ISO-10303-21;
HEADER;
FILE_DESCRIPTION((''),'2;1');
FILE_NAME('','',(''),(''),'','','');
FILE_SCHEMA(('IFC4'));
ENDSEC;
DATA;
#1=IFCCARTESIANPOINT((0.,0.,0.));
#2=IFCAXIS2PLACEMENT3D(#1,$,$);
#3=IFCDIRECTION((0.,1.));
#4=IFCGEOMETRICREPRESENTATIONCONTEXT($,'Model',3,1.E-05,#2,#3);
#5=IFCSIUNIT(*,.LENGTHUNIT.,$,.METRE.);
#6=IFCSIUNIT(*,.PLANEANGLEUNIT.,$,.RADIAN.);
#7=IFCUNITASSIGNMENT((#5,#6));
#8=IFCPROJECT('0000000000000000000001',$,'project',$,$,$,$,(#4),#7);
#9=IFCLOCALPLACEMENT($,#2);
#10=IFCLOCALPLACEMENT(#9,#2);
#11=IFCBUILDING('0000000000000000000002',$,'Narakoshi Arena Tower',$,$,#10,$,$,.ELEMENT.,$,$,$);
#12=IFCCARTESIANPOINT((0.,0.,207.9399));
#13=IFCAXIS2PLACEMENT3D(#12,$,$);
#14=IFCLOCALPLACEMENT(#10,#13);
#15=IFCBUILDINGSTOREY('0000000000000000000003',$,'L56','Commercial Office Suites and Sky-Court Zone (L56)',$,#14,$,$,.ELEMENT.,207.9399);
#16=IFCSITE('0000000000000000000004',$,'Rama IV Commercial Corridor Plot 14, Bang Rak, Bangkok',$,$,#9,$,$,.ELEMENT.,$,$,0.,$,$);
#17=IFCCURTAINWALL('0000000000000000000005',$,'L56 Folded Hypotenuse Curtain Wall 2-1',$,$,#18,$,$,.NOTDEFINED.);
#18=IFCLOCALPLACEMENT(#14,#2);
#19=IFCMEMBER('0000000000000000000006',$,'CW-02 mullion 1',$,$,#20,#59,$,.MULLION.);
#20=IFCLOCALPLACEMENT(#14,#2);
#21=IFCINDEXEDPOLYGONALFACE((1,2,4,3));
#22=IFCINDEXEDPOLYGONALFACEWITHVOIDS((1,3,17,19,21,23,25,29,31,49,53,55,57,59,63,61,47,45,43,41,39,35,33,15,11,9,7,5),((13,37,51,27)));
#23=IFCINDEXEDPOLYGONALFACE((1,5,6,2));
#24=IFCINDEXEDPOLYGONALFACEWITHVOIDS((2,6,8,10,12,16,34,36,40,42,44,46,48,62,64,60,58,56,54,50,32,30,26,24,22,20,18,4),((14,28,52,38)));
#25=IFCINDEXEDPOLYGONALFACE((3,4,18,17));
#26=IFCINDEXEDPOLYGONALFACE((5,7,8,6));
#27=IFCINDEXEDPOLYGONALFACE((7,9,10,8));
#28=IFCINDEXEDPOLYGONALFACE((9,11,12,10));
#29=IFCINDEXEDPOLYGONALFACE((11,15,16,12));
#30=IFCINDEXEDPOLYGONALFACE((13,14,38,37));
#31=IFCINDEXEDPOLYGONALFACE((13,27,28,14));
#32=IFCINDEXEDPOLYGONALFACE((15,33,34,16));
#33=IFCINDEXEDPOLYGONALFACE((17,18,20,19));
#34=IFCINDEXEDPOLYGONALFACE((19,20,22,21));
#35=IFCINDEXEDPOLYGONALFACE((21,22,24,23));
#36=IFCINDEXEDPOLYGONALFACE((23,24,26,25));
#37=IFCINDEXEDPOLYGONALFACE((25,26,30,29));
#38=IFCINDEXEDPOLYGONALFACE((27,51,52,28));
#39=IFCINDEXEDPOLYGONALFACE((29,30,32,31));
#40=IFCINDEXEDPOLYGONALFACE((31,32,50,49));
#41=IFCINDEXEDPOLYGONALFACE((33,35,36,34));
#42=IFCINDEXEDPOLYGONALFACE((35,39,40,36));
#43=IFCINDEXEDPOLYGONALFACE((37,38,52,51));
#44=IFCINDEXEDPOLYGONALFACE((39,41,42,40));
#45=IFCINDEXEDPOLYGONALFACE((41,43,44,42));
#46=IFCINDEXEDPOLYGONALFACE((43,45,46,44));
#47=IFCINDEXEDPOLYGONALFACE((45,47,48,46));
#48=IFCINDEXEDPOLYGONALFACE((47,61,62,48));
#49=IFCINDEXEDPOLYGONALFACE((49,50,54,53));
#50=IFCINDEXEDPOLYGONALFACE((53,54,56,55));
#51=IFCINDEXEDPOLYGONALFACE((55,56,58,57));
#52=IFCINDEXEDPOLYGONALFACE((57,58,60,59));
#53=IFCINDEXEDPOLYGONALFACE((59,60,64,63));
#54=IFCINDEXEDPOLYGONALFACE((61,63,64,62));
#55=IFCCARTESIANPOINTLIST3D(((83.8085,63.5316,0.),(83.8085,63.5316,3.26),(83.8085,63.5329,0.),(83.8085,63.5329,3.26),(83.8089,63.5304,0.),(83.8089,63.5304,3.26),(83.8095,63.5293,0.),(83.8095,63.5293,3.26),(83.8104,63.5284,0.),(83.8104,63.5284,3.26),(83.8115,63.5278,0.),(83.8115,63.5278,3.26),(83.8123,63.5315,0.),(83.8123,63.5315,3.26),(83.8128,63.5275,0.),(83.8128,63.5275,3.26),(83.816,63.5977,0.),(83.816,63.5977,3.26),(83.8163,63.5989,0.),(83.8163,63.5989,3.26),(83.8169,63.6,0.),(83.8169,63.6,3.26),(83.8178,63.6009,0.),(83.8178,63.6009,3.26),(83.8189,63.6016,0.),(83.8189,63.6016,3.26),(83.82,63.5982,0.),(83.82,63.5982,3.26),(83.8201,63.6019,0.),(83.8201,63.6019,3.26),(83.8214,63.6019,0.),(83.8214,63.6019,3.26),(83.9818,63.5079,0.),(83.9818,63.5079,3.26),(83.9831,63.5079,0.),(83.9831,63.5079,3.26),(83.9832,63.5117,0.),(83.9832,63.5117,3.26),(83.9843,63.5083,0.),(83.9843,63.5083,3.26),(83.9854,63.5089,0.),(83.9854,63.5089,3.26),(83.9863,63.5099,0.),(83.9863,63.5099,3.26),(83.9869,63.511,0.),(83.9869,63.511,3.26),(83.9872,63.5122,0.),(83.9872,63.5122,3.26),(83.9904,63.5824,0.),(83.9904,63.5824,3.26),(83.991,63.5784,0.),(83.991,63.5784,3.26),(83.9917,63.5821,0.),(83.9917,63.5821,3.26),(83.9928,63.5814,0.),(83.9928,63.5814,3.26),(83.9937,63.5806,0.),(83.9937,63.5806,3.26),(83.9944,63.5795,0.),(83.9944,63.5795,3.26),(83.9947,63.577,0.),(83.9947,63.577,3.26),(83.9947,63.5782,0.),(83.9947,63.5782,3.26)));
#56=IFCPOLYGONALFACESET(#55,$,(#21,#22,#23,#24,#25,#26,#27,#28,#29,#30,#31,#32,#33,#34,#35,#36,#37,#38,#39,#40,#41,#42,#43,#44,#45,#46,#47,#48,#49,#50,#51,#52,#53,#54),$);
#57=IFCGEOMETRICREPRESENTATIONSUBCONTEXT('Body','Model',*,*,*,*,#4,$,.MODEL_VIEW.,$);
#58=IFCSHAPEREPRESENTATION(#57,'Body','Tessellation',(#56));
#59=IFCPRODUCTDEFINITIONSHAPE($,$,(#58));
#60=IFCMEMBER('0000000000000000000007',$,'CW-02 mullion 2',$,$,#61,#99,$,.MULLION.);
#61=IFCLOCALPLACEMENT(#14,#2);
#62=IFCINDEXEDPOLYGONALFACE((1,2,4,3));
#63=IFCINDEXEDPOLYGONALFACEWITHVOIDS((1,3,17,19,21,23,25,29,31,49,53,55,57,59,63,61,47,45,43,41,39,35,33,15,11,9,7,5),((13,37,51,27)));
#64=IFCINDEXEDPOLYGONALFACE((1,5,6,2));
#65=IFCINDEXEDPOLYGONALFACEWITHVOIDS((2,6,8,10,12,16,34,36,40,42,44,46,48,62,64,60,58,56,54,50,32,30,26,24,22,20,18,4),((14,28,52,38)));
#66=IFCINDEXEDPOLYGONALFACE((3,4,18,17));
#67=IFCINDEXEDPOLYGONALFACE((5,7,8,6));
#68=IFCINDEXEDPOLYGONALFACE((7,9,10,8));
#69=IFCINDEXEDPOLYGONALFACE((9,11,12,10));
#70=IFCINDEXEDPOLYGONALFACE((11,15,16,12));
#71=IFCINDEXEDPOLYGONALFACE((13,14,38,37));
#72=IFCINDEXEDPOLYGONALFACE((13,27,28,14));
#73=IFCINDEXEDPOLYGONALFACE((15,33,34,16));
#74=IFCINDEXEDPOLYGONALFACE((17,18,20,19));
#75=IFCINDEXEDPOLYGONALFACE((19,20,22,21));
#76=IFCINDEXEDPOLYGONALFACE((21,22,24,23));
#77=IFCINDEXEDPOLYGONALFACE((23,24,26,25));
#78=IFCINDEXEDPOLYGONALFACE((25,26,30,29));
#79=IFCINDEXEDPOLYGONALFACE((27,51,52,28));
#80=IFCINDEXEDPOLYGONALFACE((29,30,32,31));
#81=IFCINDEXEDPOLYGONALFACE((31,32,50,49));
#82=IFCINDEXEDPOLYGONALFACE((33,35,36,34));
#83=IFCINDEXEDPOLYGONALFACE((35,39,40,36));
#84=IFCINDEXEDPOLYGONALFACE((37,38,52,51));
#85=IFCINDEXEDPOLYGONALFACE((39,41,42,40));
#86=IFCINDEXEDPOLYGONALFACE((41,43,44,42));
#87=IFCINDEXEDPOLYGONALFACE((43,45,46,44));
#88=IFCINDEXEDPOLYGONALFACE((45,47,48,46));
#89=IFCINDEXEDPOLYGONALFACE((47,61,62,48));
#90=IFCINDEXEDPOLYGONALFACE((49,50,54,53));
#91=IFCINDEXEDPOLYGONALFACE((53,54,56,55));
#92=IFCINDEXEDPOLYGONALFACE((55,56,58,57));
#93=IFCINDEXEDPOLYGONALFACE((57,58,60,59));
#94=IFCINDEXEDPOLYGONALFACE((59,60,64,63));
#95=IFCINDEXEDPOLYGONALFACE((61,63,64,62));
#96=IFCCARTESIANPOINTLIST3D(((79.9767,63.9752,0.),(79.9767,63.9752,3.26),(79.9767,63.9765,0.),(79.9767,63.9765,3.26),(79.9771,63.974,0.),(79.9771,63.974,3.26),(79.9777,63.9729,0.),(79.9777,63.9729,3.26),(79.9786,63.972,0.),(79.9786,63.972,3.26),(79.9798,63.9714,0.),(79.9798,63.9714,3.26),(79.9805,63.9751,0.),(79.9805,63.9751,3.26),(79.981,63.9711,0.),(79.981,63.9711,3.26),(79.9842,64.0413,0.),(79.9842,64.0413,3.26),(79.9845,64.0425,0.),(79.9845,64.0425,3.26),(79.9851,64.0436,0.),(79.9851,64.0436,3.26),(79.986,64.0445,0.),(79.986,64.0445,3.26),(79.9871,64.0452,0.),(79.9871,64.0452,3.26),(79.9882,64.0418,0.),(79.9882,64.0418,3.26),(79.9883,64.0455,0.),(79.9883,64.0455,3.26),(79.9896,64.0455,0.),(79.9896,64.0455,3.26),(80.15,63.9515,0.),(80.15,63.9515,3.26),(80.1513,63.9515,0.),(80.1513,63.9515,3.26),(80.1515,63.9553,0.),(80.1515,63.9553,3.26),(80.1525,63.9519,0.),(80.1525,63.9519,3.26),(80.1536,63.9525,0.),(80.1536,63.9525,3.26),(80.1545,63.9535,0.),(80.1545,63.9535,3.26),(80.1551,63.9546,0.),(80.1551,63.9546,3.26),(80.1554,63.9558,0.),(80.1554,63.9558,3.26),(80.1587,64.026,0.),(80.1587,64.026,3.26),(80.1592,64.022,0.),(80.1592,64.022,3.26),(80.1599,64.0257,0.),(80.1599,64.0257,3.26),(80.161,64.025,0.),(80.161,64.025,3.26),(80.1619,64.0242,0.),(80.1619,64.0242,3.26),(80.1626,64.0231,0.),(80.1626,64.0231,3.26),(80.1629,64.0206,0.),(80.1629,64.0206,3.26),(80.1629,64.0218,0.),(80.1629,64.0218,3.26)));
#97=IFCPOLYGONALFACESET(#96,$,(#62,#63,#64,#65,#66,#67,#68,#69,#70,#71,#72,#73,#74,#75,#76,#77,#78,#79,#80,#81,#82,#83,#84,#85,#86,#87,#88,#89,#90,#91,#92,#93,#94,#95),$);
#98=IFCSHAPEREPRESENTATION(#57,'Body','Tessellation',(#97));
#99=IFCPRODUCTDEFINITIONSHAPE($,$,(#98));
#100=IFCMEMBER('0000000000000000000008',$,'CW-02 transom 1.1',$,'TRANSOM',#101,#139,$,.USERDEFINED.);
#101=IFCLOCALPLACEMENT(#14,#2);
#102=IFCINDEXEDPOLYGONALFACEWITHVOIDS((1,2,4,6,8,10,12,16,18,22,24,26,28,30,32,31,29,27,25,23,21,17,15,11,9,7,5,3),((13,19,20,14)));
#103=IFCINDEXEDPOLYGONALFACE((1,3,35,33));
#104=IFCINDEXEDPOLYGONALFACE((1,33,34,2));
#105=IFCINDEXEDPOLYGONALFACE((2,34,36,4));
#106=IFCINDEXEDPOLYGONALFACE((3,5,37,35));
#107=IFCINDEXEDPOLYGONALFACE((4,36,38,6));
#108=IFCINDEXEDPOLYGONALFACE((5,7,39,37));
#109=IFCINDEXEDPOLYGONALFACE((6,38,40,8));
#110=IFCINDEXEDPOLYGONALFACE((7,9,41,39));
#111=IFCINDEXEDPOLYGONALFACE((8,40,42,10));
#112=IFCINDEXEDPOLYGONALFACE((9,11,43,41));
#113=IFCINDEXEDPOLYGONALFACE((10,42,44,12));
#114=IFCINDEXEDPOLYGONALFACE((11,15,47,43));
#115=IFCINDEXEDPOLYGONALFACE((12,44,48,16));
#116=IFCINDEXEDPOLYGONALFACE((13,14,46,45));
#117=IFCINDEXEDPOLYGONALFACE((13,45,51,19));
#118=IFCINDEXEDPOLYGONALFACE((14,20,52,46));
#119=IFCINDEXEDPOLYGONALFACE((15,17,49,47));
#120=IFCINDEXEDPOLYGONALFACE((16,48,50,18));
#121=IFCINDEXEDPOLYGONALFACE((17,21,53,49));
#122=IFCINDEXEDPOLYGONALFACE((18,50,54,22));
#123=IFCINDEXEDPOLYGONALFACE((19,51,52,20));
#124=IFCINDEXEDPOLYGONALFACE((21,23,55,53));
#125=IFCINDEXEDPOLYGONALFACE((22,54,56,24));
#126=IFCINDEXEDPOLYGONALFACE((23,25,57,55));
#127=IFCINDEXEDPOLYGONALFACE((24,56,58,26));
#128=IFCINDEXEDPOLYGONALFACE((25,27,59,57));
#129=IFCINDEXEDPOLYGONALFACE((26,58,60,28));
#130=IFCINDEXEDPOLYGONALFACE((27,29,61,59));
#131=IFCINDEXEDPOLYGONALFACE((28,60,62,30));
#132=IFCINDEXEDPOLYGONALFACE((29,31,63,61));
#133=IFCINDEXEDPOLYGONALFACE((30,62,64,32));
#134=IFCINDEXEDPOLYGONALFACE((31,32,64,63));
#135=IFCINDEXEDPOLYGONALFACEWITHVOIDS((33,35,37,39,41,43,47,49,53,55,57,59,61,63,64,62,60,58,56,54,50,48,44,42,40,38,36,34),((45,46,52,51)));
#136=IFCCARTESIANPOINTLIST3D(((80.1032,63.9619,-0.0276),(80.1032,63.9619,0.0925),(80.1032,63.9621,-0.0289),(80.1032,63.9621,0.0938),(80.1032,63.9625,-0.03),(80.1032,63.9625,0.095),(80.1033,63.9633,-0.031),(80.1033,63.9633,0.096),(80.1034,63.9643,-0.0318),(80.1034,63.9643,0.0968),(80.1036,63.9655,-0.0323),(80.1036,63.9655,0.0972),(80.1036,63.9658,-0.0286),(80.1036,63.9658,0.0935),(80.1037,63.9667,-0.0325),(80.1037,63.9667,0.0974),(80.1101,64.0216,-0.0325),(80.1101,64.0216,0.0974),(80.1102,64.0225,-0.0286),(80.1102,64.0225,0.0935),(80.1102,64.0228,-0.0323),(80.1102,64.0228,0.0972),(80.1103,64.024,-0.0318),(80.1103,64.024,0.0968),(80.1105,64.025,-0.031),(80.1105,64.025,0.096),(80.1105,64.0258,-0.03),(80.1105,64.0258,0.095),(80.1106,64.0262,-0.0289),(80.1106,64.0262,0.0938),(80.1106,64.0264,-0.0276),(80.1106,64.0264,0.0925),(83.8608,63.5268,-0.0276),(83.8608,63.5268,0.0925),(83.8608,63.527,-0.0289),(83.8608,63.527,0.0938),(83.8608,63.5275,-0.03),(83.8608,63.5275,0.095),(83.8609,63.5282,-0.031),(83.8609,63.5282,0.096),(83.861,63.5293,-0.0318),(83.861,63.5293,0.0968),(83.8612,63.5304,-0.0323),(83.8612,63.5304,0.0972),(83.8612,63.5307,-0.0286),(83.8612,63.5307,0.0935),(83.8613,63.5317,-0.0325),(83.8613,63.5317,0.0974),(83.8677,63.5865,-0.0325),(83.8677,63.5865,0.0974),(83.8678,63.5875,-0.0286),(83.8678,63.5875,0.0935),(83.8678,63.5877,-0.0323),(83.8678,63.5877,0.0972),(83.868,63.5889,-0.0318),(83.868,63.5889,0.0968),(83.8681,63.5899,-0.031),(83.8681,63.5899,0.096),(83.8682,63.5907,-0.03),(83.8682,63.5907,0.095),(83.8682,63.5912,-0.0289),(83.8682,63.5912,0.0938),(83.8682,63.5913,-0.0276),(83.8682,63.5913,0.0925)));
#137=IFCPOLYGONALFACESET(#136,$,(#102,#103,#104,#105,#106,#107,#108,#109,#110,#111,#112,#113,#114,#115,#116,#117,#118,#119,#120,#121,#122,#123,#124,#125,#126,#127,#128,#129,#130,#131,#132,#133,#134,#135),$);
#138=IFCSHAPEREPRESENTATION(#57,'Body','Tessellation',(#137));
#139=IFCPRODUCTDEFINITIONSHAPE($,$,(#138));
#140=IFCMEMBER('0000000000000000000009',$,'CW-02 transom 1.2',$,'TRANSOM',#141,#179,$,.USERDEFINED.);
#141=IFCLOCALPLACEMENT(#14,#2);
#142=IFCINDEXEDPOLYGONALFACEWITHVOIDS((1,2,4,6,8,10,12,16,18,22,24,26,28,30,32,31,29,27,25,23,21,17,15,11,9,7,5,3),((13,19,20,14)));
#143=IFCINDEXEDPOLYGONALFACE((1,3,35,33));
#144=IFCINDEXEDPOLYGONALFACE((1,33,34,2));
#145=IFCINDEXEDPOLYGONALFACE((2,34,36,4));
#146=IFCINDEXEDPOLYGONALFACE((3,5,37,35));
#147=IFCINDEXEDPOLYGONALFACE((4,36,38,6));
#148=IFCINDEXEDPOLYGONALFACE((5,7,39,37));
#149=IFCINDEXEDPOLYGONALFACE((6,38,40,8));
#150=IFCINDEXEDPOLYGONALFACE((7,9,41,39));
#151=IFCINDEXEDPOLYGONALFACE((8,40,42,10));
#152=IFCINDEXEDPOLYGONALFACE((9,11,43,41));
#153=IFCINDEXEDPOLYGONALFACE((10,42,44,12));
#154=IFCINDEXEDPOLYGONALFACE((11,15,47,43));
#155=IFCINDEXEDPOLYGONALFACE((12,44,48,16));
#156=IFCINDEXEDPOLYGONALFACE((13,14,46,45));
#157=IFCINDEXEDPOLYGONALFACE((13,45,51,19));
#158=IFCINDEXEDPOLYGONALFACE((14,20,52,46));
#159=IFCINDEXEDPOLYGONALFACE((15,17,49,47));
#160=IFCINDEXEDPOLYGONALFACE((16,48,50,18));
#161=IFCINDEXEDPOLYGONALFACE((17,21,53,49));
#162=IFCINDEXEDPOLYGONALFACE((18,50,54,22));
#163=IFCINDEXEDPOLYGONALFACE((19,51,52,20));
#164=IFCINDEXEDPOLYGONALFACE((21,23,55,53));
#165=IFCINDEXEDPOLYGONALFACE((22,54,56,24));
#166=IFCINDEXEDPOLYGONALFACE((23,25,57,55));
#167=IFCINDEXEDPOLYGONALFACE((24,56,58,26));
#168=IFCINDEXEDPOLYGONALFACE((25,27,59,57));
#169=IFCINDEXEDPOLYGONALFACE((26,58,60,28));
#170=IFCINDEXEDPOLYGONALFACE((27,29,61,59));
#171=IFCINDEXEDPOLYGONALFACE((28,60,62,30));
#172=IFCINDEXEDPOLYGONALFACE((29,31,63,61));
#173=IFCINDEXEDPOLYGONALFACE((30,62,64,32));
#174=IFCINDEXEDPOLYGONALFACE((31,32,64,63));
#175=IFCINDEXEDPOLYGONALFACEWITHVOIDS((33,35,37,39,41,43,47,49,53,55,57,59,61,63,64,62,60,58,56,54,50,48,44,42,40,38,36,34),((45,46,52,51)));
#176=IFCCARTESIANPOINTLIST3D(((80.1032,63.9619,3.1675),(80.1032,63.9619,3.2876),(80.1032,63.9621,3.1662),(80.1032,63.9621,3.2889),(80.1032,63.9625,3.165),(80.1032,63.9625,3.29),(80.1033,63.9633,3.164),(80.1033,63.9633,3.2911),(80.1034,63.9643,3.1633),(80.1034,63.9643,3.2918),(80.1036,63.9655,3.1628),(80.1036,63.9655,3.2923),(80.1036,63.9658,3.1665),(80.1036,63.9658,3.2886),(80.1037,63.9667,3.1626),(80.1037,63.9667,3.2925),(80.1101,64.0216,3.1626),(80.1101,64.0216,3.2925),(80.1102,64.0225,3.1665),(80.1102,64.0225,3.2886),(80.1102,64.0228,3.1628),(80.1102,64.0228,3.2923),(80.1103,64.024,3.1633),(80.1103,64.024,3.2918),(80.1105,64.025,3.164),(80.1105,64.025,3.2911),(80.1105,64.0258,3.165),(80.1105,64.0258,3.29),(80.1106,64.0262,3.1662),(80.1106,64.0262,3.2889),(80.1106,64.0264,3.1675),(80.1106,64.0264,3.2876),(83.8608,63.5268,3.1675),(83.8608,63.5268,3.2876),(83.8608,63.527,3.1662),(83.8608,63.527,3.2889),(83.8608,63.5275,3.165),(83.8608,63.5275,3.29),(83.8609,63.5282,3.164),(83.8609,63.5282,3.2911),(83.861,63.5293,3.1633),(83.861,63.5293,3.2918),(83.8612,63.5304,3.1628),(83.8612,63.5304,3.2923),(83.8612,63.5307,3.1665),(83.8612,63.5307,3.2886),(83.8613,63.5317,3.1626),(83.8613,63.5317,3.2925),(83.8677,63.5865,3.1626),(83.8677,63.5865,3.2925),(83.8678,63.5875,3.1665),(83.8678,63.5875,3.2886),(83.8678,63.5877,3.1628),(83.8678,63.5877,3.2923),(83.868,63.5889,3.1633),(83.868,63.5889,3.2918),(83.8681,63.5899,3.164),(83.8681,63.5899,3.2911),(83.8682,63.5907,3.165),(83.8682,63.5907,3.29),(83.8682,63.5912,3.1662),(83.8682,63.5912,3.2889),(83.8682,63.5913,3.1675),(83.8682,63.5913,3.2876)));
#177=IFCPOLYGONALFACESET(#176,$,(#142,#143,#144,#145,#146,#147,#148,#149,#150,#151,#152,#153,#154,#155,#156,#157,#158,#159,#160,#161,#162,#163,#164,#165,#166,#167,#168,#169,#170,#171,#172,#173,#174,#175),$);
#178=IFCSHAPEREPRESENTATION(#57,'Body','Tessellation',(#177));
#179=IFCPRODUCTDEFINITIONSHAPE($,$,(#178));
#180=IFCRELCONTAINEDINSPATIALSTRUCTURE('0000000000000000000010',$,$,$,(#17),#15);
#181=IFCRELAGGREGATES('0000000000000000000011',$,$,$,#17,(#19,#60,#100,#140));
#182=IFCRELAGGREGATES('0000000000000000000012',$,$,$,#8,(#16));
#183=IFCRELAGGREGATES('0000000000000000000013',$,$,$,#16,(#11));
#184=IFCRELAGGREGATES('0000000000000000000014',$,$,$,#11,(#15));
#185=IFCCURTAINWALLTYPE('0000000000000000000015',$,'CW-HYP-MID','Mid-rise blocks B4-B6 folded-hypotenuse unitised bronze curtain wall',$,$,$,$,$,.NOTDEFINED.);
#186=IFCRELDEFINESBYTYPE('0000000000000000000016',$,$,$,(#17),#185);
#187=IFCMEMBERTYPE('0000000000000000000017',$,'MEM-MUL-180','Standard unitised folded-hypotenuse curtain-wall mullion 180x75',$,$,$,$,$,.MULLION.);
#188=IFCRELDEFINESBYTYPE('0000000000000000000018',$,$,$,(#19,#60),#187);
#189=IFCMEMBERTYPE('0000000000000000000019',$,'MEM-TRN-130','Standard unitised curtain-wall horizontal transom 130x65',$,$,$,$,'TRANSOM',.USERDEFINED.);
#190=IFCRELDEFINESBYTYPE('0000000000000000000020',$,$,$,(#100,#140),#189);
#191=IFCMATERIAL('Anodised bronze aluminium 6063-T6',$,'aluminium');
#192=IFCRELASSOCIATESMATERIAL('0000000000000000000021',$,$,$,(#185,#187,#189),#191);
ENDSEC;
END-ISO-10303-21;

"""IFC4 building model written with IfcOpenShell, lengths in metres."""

from ifc_helpers import new_model, si_unit, direction, frame, origin, origin_2d, place, context, subcontext, project, spatial, hollow_rectangle, extrude, material, material_profile, profile_set, type_object, element, aggregate, save


model = new_model("IFC4")

# Units and contexts
model_context = context("Model", 3, precision=1e-05, world=origin(), true_north=direction((0.0, 1.0)))
body_context = subcontext(model_context, "Body", "Model", "MODEL_VIEW")
ifc_project = project(units=[si_unit("LENGTHUNIT", "METRE"), si_unit("PLANEANGLEUNIT", "RADIAN")], contexts=[model_context])

# Site, building, storey
site_placement = place(None, origin())
site = spatial("IfcSite", under=ifc_project, at=site_placement, Name="Rama IV Commercial Corridor Plot 14, Bang Rak, Bangkok", CompositionType="ELEMENT", RefElevation=0.0)
building_placement = place(site_placement, origin())
building = spatial("IfcBuilding", under=site, at=building_placement, Name="Narakoshi Arena Tower", CompositionType="ELEMENT")
storey_placement = place(building_placement, frame((0.0, 0.0, 207.9399)))
storey = spatial("IfcBuildingStorey", under=building, at=storey_placement, Name="L56", Description="Commercial Office Suites and Sky-Court Zone (L56)", CompositionType="ELEMENT", Elevation=207.9399)

# Curtain wall, members
ifc_material_1 = material(Name="Anodised bronze aluminium 6063-T6", Category="aluminium")
curtain_wall_type = type_object("IfcCurtainWallType", Name="CW-HYP-MID", Description="Mid-rise blocks B4-B6 folded-hypotenuse unitised bronze curtain wall", PredefinedType="NOTDEFINED", material=ifc_material_1)
curtain_wall_placement = place(storey_placement, origin())
curtain_wall = element("IfcCurtainWall", 1, at=curtain_wall_placement, inside=storey, type_object=curtain_wall_type, Name="L56 Folded Hypotenuse Curtain Wall 2-1", PredefinedType="NOTDEFINED")
ifc_material_profile_1 = material_profile(ifc_material_1, hollow_rectangle(XDim=0.075, YDim=0.1799, WallThickness=0.0039, OuterFilletRadius=0.0049, at=origin_2d()), Name="MUL180x75x4")
ifc_profile_set_1 = profile_set([ifc_material_profile_1], Name="Anodised bronze aluminium 6063-T6")
member_type_1 = type_object("IfcMemberType", Name="MEM-MUL-180", Description="Standard unitised folded-hypotenuse curtain-wall mullion 180x75", PredefinedType="MULLION", material=ifc_profile_set_1)
member_1_placement = place(storey_placement, frame((83.9016, 63.5549, 0.0), z_axis=(0.0, 0.0, 1.0), x_axis=(-0.115011, -0.993364, 0.0)))
member_1 = element("IfcMember", 2, at=member_1_placement, type_object=member_type_1, Name="CW-02 mullion 1", PredefinedType="MULLION", context=body_context, shape_type="SweptSolid", body=[
    extrude(hollow_rectangle(XDim=0.075, YDim=0.1799, WallThickness=0.0039, OuterFilletRadius=0.0049, at=origin_2d()), origin(), (0.0, 0.0, 1.0), 3.26),
])
member_2_placement = place(storey_placement, frame((80.0698, 63.9985, 0.0), z_axis=(0.0, 0.0, 1.0), x_axis=(-0.115011, -0.993364, 0.0)))
member_2 = element("IfcMember", 3, at=member_2_placement, type_object=member_type_1, Name="CW-02 mullion 2", PredefinedType="MULLION", context=body_context, shape_type="SweptSolid", body=[
    extrude(hollow_rectangle(XDim=0.075, YDim=0.1799, WallThickness=0.0039, OuterFilletRadius=0.0049, at=origin_2d()), origin(), (0.0, 0.0, 1.0), 3.26),
])
ifc_material_profile_2 = material_profile(ifc_material_1, hollow_rectangle(XDim=0.0649, YDim=0.1299, WallThickness=0.0039, OuterFilletRadius=0.0049, at=origin_2d()), Name="TRN130x65x4")
ifc_profile_set_2 = profile_set([ifc_material_profile_2], Name="Anodised bronze aluminium 6063-T6")
member_type_2 = type_object("IfcMemberType", Name="MEM-TRN-130", Description="Standard unitised curtain-wall horizontal transom 130x65", ElementType="TRANSOM", PredefinedType="USERDEFINED", material=ifc_profile_set_2)
member_3_placement = place(storey_placement, frame((83.8645, 63.5591, 0.0325), z_axis=(-0.993364, 0.115014, 0.0), x_axis=(-0.115014, -0.993364, 0.0)))
member_3 = element("IfcMember", 4, at=member_3_placement, type_object=member_type_2, Name="CW-02 transom 1.1", ObjectType="TRANSOM", PredefinedType="USERDEFINED", context=body_context, shape_type="SweptSolid", body=[
    extrude(hollow_rectangle(XDim=0.0649, YDim=0.1299, WallThickness=0.0039, OuterFilletRadius=0.0049, at=origin_2d()), origin(), (0.0, 0.0, 1.0), 3.7827),
])
member_4_placement = place(storey_placement, frame((83.8645, 63.5591, 3.2275), z_axis=(-0.993364, 0.115014, 0.0), x_axis=(-0.115014, -0.993364, 0.0)))
member_4 = element("IfcMember", 5, at=member_4_placement, type_object=member_type_2, Name="CW-02 transom 1.2", ObjectType="TRANSOM", PredefinedType="USERDEFINED", context=body_context, shape_type="SweptSolid", body=[
    extrude(hollow_rectangle(XDim=0.0649, YDim=0.1299, WallThickness=0.0039, OuterFilletRadius=0.0049, at=origin_2d()), origin(), (0.0, 0.0, 1.0), 3.7827),
])
aggregate(curtain_wall, [member_1, member_2, member_3, member_4])

save(model, "model.ifc")
